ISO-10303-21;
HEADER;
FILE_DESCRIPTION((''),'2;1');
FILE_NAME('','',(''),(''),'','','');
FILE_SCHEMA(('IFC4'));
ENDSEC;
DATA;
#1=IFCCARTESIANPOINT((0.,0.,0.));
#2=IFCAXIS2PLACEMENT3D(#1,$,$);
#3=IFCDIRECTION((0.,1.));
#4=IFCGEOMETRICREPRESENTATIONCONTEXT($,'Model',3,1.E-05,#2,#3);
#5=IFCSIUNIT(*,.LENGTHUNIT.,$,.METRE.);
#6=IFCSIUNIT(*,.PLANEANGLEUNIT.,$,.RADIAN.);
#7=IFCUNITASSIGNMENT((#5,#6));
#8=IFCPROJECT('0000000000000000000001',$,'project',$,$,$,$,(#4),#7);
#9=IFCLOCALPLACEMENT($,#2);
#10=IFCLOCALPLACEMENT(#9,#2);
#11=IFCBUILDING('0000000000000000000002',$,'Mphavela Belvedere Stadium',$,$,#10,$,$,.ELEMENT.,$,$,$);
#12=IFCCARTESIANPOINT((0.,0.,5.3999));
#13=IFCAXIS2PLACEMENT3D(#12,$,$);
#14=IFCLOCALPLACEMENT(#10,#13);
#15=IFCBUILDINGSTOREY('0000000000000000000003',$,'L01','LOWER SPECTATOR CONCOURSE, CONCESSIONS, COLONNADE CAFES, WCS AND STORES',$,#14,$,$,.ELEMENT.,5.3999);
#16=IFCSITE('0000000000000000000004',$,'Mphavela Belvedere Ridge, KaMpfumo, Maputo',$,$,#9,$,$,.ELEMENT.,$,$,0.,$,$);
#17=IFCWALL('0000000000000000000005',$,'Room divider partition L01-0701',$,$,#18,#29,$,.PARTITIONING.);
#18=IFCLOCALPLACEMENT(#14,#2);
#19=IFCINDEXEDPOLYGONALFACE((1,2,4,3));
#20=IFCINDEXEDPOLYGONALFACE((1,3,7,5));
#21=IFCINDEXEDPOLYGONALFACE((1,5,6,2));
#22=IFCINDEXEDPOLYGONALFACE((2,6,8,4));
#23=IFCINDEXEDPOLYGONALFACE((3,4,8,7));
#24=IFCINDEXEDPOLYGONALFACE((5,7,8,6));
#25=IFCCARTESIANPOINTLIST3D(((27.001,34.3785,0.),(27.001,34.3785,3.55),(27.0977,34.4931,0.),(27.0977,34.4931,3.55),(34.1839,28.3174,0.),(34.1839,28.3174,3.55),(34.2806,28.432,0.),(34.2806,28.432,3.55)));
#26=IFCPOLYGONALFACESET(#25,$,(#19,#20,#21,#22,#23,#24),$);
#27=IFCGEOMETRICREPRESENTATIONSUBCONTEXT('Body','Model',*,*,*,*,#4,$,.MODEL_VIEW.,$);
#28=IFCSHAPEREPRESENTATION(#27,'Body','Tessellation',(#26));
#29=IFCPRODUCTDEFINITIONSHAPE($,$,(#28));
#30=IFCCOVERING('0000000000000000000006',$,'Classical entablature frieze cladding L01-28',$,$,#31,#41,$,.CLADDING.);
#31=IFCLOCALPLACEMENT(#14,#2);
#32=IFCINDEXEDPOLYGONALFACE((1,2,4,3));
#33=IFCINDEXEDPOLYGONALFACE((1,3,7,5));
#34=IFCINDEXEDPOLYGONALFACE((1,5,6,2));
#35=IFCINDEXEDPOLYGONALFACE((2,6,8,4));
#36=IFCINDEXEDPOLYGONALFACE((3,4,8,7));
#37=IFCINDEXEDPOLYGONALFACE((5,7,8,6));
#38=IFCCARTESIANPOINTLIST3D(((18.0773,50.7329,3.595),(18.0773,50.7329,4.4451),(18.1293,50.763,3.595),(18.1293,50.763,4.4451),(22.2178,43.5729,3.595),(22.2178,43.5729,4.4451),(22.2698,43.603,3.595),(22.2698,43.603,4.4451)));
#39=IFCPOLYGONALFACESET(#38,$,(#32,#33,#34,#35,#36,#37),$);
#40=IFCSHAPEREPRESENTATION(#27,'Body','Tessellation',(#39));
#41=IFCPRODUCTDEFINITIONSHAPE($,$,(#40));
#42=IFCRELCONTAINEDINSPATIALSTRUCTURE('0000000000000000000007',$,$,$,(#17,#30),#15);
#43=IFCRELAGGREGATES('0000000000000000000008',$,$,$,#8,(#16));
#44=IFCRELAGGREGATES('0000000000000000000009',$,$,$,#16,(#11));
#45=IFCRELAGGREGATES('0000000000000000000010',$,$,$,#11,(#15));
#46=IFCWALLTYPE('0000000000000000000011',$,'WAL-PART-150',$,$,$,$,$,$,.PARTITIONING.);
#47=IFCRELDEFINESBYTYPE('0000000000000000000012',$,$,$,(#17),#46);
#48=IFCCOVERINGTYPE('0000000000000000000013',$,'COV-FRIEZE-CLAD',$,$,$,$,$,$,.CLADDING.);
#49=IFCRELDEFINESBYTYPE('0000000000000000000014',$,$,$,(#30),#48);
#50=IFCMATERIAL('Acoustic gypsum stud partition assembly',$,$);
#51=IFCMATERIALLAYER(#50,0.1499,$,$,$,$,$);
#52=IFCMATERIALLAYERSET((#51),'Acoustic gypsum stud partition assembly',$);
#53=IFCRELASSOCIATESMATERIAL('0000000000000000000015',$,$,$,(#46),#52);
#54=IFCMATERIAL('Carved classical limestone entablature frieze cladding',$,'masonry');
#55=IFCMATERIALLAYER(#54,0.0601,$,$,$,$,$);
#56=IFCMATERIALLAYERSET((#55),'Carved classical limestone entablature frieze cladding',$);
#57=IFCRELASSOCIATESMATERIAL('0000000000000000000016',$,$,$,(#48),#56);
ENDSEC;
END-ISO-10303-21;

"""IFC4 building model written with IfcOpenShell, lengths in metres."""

from ifc_helpers import new_model, si_unit, direction, frame, frame_2d, origin, origin_2d, place, context, subcontext, project, spatial, rectangle, extrude, material, layer, layer_set, type_object, element, save


model = new_model("IFC4")

# Units and contexts
model_context = context("Model", 3, precision=1e-05, world=origin(), true_north=direction((0.0, 1.0)))
body_context = subcontext(model_context, "Body", "Model", "MODEL_VIEW")
ifc_project = project(units=[si_unit("LENGTHUNIT", "METRE"), si_unit("PLANEANGLEUNIT", "RADIAN")], contexts=[model_context])

# Site, building, storey
site_placement = place(None, origin())
site = spatial("IfcSite", under=ifc_project, at=site_placement, Name="Mphavela Belvedere Ridge, KaMpfumo, Maputo", CompositionType="ELEMENT", RefElevation=0.0)
building_placement = place(site_placement, origin())
building = spatial("IfcBuilding", under=site, at=building_placement, Name="Mphavela Belvedere Stadium", CompositionType="ELEMENT")
storey_placement = place(building_placement, frame((0.0, 0.0, 5.3999)))
storey = spatial("IfcBuildingStorey", under=building, at=storey_placement, Name="L01", Description="LOWER SPECTATOR CONCOURSE, CONCESSIONS, COLONNADE CAFES, WCS AND STORES", CompositionType="ELEMENT", Elevation=5.3999)

# Wall
ifc_material_1 = material(Name="Acoustic gypsum stud partition assembly")
ifc_layer_1 = layer(ifc_material_1, 0.1499)
ifc_layer_set_1 = layer_set([ifc_layer_1], Name="Acoustic gypsum stud partition assembly")
wall_type_1 = type_object("IfcWallType", Name="WAL-PART-150", PredefinedType="PARTITIONING", material=ifc_layer_set_1)
wall_1_placement = place(storey_placement, frame((27.0493, 34.4358, 0.0), z_axis=(0.0, 0.0, 1.0), x_axis=(0.764265, -0.644902, 0.0)))
element("IfcWall", 1, at=wall_1_placement, inside=storey, type_object=wall_type_1, Name="Room divider partition L01-0701", PredefinedType="PARTITIONING", context=body_context, shape_type="SweptSolid", body=[
    extrude(rectangle(XDim=9.3984, YDim=0.1499, at=frame_2d((4.6992, 0.0))), origin(), (0.0, 0.0, 1.0), 3.55),
])

# Covering
ifc_material_2 = material(Name="Carved classical limestone entablature frieze cladding", Category="masonry")
ifc_layer_2 = layer(ifc_material_2, 0.0601)
ifc_layer_set_2 = layer_set([ifc_layer_2], Name="Carved classical limestone entablature frieze cladding")
covering_type = type_object("IfcCoveringType", Name="COV-FRIEZE-CLAD", PredefinedType="CLADDING", material=ifc_layer_set_2)
covering_placement = place(storey_placement, frame((20.1736, 47.168, 3.595), z_axis=(0.0, 0.0, 1.0), x_axis=(0.500604, -0.865676, 0.0)))
element("IfcCovering", 2, at=covering_placement, inside=storey, type_object=covering_type, Name="Classical entablature frieze cladding L01-28", PredefinedType="CLADDING", context=body_context, shape_type="SweptSolid", body=[
    extrude(rectangle(XDim=8.271, YDim=0.0601, at=origin_2d()), origin(), (0.0, 0.0, 1.0), 0.8501),
])

save(model, "model.ifc")
